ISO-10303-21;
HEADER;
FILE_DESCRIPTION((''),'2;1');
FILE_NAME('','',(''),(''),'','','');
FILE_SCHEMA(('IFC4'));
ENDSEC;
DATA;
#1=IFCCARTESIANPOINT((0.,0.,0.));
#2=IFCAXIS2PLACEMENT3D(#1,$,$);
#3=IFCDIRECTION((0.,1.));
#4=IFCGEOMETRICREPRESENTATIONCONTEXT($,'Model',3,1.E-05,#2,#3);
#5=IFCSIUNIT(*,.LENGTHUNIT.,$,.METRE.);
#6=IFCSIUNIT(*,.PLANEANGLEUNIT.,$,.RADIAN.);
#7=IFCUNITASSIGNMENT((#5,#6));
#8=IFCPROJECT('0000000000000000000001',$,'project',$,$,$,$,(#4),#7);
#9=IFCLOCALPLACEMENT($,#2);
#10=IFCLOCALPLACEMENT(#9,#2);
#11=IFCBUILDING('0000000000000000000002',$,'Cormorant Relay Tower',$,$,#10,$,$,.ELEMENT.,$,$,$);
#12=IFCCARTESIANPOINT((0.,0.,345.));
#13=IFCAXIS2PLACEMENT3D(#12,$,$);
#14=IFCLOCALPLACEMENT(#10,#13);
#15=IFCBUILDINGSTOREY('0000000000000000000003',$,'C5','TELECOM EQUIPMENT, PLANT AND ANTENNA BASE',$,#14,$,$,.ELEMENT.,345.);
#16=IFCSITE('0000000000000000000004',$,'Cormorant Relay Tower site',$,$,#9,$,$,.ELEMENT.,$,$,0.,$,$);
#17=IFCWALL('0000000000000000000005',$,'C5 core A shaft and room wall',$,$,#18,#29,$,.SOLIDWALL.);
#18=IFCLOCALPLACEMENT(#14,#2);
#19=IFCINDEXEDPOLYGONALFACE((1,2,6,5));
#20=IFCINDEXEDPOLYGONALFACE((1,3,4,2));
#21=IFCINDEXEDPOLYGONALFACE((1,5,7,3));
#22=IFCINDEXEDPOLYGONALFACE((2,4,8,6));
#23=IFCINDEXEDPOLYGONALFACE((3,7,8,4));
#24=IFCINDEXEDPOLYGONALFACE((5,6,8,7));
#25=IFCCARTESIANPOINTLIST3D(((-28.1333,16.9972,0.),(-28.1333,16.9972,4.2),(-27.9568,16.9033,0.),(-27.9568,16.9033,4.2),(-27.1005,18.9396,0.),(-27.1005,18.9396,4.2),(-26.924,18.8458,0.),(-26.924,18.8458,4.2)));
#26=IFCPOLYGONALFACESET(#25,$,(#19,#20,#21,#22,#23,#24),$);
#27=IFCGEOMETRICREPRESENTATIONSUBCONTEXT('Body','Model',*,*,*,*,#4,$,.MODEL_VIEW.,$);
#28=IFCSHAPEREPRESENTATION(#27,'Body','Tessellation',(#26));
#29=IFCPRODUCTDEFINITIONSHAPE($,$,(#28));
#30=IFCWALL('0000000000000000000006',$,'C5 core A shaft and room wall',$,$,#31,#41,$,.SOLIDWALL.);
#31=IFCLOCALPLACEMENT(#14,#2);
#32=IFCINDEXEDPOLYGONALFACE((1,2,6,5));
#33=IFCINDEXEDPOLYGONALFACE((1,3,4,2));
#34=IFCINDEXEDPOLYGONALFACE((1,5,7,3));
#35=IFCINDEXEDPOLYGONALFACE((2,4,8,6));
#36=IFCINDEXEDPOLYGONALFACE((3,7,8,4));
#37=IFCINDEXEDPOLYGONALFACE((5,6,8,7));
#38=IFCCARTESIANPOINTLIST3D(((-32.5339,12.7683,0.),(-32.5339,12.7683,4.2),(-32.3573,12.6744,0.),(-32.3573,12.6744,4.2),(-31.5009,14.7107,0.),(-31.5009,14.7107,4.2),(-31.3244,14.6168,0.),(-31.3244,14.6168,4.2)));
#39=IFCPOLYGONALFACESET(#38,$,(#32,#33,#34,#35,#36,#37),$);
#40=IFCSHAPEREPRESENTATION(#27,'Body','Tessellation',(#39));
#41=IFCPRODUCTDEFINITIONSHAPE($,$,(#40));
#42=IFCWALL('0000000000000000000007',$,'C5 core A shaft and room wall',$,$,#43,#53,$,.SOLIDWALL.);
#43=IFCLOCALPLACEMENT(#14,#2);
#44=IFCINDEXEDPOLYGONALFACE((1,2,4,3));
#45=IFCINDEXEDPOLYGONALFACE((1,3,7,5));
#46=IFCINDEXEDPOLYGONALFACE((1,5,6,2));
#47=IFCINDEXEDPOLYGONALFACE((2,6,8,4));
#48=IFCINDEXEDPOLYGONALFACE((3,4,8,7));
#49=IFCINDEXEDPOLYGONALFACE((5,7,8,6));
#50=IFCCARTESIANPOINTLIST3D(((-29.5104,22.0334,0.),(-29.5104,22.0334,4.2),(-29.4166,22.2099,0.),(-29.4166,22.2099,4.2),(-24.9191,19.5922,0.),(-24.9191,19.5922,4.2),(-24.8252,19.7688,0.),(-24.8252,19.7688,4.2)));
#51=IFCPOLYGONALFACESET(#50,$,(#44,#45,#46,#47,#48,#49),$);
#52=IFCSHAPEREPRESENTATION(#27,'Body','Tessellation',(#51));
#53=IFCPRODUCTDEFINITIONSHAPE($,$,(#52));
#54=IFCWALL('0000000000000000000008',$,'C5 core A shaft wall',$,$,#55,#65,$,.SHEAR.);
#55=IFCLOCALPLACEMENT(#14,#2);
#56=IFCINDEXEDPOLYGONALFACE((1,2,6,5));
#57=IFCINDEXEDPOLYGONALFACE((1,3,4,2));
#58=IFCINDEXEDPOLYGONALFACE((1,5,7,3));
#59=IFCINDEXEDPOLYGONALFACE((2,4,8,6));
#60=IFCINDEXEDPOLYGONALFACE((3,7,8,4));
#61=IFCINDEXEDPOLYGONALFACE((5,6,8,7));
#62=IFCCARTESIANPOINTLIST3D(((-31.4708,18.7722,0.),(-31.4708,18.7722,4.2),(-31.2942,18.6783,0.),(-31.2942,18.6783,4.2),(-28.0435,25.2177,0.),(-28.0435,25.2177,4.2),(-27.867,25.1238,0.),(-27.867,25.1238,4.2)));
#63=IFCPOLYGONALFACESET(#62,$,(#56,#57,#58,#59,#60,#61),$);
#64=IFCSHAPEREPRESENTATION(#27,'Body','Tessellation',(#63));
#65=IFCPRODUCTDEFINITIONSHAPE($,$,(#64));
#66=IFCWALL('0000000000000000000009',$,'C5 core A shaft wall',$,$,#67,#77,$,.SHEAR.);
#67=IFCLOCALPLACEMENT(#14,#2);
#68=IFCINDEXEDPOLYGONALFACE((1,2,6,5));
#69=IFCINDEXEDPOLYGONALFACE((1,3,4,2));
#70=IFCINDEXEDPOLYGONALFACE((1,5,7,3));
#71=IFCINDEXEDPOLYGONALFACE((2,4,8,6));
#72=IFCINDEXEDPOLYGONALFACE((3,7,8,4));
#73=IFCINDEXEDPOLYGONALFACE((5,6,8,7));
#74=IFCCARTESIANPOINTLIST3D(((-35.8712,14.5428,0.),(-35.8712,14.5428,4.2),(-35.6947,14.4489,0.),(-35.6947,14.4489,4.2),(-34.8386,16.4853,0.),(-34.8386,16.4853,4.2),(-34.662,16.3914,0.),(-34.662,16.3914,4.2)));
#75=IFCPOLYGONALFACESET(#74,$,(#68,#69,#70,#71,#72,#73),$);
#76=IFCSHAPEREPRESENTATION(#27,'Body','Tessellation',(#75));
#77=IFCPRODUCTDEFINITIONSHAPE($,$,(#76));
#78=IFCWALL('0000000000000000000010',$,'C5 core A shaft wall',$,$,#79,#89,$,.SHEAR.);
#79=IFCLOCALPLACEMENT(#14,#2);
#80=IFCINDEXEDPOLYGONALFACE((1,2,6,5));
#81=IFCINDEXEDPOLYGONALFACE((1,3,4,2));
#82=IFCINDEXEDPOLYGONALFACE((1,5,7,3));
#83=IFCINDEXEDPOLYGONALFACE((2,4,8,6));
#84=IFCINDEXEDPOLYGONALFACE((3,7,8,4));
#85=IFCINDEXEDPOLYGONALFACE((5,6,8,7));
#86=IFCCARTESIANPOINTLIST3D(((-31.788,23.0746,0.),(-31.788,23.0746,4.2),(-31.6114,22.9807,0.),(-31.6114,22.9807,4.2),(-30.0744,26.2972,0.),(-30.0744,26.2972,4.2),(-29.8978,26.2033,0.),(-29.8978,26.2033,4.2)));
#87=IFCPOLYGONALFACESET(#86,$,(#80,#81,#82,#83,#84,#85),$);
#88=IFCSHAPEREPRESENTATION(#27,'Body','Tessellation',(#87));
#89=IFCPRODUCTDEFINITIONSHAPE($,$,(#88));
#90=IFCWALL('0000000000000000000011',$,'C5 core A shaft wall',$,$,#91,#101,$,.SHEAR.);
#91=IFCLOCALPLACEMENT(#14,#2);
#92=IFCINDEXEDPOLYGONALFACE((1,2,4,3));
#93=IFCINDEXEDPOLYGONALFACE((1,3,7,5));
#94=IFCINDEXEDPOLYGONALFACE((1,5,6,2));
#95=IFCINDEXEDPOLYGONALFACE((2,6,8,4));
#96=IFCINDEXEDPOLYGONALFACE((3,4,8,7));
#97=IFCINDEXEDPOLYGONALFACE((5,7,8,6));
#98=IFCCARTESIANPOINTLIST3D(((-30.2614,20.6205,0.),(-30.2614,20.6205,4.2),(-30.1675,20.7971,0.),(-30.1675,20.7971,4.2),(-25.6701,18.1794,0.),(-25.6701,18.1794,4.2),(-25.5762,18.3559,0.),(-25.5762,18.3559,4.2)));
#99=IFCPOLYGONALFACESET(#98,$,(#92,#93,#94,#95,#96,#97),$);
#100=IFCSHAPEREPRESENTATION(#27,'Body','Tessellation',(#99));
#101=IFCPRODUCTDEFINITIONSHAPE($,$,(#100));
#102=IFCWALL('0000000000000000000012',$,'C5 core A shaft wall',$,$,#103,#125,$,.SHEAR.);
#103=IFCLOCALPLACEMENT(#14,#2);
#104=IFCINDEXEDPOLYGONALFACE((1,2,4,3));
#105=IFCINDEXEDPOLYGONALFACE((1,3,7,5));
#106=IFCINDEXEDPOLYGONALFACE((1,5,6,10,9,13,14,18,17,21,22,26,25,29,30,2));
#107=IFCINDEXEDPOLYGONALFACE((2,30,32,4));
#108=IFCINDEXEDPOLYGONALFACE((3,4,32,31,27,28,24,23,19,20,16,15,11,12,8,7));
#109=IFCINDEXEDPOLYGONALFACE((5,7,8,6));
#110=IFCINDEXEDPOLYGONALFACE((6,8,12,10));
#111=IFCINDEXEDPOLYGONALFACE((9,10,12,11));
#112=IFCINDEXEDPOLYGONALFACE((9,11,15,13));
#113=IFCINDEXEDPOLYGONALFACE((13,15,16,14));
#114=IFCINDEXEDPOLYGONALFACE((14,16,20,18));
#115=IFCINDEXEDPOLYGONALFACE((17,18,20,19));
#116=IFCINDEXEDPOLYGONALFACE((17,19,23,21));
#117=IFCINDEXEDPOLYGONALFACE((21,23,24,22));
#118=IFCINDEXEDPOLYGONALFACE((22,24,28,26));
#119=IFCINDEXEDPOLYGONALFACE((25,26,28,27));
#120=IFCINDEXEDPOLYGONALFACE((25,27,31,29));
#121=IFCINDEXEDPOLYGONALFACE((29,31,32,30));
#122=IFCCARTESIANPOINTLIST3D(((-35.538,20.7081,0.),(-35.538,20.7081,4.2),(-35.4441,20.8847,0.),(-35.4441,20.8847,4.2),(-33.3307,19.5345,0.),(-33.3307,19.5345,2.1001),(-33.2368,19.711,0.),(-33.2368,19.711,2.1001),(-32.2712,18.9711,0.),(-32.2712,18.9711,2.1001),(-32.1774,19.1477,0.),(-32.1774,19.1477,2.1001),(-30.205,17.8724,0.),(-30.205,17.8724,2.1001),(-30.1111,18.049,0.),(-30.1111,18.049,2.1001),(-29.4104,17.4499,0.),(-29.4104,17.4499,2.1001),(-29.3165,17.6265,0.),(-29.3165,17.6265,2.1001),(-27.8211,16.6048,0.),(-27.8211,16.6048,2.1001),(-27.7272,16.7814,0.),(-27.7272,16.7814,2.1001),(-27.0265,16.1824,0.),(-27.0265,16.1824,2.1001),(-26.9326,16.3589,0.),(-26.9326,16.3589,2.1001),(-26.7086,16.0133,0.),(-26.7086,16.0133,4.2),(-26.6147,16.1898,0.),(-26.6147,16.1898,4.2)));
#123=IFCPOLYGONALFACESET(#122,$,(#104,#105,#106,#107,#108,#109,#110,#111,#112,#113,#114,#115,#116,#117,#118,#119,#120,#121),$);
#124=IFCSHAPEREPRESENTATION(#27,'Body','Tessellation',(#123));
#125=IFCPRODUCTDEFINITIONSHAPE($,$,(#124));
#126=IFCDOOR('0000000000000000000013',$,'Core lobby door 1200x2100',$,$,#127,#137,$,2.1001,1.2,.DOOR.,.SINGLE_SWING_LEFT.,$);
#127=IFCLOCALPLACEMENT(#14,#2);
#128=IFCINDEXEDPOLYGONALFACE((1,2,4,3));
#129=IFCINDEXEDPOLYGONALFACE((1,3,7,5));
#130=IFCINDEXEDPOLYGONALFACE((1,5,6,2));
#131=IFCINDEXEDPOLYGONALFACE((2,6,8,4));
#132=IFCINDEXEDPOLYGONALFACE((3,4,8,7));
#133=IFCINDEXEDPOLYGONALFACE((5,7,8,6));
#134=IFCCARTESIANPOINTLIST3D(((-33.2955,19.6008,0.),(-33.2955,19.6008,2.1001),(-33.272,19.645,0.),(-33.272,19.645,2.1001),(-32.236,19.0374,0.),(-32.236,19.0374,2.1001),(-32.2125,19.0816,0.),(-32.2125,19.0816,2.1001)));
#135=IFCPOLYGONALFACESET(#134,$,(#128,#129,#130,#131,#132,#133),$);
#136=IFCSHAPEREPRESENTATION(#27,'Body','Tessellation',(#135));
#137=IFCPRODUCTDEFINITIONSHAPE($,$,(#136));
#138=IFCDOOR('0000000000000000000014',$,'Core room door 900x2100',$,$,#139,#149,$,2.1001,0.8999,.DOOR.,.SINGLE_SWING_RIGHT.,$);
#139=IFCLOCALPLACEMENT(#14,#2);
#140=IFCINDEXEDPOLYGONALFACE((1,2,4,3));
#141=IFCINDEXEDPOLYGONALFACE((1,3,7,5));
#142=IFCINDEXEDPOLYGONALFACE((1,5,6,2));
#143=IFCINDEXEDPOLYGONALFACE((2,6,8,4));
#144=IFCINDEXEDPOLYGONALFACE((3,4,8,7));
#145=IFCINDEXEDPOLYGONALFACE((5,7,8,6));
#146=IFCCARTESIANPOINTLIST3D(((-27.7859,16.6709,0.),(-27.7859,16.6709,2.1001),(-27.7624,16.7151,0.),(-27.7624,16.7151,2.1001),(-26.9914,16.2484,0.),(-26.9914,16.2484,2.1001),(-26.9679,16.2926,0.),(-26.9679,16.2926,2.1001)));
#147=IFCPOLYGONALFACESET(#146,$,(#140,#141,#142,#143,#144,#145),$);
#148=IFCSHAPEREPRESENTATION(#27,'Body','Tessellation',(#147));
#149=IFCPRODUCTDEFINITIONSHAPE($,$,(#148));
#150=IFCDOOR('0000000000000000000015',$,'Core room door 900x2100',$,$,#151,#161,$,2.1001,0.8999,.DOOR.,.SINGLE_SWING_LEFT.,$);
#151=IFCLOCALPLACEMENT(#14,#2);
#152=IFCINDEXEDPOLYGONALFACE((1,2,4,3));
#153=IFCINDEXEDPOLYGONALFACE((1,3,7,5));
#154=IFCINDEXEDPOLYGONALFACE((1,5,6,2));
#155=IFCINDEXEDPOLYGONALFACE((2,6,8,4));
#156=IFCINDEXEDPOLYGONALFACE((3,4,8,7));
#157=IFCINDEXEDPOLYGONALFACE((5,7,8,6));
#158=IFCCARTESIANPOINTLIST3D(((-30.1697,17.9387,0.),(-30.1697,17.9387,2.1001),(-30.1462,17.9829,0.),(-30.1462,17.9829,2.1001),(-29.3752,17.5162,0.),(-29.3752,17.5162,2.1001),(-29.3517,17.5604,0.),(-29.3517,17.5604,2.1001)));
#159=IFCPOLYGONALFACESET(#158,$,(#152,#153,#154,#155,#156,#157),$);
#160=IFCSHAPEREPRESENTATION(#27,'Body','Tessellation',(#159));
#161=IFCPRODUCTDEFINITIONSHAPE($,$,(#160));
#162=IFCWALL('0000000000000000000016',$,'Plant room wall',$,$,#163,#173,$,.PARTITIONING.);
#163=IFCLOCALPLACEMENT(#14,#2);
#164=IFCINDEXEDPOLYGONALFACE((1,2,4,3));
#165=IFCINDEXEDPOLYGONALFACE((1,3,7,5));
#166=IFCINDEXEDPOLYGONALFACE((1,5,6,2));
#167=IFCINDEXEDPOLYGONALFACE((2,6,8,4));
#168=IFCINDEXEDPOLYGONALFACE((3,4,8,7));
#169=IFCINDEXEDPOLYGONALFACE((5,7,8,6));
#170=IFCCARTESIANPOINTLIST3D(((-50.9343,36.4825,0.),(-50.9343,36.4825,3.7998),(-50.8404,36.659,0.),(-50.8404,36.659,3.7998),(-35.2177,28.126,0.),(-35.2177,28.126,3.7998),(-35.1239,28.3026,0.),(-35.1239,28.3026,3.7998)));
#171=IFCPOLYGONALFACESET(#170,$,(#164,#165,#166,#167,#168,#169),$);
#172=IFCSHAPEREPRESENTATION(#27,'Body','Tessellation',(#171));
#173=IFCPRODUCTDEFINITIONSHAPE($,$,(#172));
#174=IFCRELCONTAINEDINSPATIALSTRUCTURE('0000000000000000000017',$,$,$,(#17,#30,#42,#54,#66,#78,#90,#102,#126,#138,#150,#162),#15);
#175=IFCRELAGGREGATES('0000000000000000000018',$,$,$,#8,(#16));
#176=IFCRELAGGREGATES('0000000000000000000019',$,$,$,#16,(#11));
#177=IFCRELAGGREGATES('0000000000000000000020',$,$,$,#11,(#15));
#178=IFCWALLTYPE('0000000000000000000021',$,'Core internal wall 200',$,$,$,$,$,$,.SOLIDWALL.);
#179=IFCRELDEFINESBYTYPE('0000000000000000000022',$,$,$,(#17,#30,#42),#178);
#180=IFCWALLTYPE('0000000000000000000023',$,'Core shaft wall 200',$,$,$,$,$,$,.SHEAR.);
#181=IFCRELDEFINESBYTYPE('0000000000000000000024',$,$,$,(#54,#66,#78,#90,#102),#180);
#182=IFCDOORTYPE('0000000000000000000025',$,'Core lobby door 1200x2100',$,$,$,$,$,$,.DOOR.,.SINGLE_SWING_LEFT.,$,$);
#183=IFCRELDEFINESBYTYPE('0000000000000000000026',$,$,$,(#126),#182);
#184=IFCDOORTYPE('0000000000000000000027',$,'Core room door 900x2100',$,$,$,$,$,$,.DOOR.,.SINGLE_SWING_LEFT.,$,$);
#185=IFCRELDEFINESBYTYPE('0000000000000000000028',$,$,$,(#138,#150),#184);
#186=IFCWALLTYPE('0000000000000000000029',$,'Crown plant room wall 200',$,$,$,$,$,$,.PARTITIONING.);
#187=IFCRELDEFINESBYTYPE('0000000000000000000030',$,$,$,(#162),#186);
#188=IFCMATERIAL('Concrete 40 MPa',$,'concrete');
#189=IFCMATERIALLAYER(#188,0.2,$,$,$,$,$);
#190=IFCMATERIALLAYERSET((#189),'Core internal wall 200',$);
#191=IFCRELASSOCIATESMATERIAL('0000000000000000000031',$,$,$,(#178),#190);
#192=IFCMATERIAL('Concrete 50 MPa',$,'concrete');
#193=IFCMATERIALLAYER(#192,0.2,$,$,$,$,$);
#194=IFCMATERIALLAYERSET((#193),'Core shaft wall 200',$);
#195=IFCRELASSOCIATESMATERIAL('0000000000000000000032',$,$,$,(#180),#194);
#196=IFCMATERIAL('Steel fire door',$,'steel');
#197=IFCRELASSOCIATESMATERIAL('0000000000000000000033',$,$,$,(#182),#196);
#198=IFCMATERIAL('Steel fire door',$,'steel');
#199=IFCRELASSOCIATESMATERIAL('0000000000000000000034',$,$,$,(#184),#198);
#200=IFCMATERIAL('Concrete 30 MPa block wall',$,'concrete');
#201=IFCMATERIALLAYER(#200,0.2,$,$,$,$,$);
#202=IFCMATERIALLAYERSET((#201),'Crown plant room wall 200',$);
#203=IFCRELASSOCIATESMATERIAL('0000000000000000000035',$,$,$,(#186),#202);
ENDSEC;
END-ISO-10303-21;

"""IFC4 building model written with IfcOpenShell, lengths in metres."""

from ifc_helpers import new_model, si_unit, direction, frame, frame_2d, origin, place, context, subcontext, project, spatial, rectangle, extrude, material, layer, layer_set, type_object, element, fill, save


model = new_model("IFC4")

# Units and contexts
model_context = context("Model", 3, precision=1e-05, world=origin(), true_north=direction((0.0, 1.0)))
body_context = subcontext(model_context, "Body", "Model", "MODEL_VIEW")
ifc_project = project(units=[si_unit("LENGTHUNIT", "METRE"), si_unit("PLANEANGLEUNIT", "RADIAN")], contexts=[model_context])

# Site, building, storey
site_placement = place(None, origin())
site = spatial("IfcSite", under=ifc_project, at=site_placement, Name="Cormorant Relay Tower site", CompositionType="ELEMENT", RefElevation=0.0)
building_placement = place(site_placement, origin())
building = spatial("IfcBuilding", under=site, at=building_placement, Name="Cormorant Relay Tower", CompositionType="ELEMENT")
storey_placement = place(building_placement, frame((0.0, 0.0, 345.0)))
storey = spatial("IfcBuildingStorey", under=building, at=storey_placement, Name="C5", Description="TELECOM EQUIPMENT, PLANT AND ANTENNA BASE", CompositionType="ELEMENT", Elevation=345.0)

# Walls
ifc_material_1 = material(Name="Concrete 40 MPa", Category="concrete")
ifc_layer_1 = layer(ifc_material_1, 0.2)
ifc_layer_set_1 = layer_set([ifc_layer_1], Name="Core internal wall 200")
wall_type_1 = type_object("IfcWallType", Name="Core internal wall 200", PredefinedType="SOLIDWALL", material=ifc_layer_set_1)
for number, where, z_axis, x_axis, name in (
    (1, (-27.0122, 18.8928, 0.0), (0.0, 0.0, 1.0), (-0.469447, -0.88296, 0.0), "C5 core A shaft and room wall"),
    (2, (-31.4126, 14.6638, 0.0), (0.0, 0.0, 1.0), (-0.469534, -0.882914, 0.0), "C5 core A shaft and room wall"),
):
    element("IfcWall", number, at=place(storey_placement, frame(where, z_axis=z_axis, x_axis=x_axis)), inside=storey, type_object=wall_type_1, Name=name, PredefinedType="SOLIDWALL", context=body_context, shape_type="SweptSolid", body=[
        extrude(rectangle(XDim=2.2, YDim=0.2, at=frame_2d((1.1001, 0.0))), origin(), (0.0, 0.0, 1.0), 4.2),
    ])
wall_1_placement = place(storey_placement, frame((-24.8721, 19.6804, 0.0), z_axis=(0.0, 0.0, 1.0), x_axis=(-0.882954, 0.46946, 0.0)))
element("IfcWall", 3, at=wall_1_placement, inside=storey, type_object=wall_type_1, Name="C5 core A shaft and room wall", PredefinedType="SOLIDWALL", context=body_context, shape_type="SweptSolid", body=[
    extrude(rectangle(XDim=5.2, YDim=0.2, at=frame_2d((2.6001, 0.0))), origin(), (0.0, 0.0, 1.0), 4.2),
])
ifc_material_2 = material(Name="Concrete 50 MPa", Category="concrete")
ifc_layer_2 = layer(ifc_material_2, 0.2)
ifc_layer_set_2 = layer_set([ifc_layer_2], Name="Core shaft wall 200")
wall_type_2 = type_object("IfcWallType", Name="Core shaft wall 200", PredefinedType="SHEAR", material=ifc_layer_set_2)
wall_2_placement = place(storey_placement, frame((-27.9553, 25.1707, 0.0), z_axis=(0.0, 0.0, 1.0), x_axis=(-0.46948, -0.882943, 0.0)))
element("IfcWall", 4, at=wall_2_placement, inside=storey, type_object=wall_type_2, Name="C5 core A shaft wall", PredefinedType="SHEAR", context=body_context, shape_type="SweptSolid", body=[
    extrude(rectangle(XDim=7.3, YDim=0.2, at=frame_2d((3.6499, 0.0))), origin(), (0.0, 0.0, 1.0), 4.2),
])
wall_3_placement = place(storey_placement, frame((-34.7502, 16.4385, 0.0), z_axis=(0.0, 0.0, 1.0), x_axis=(-0.469401, -0.882985, 0.0)))
element("IfcWall", 5, at=wall_3_placement, inside=storey, type_object=wall_type_2, Name="C5 core A shaft wall", PredefinedType="SHEAR", context=body_context, shape_type="SweptSolid", body=[
    extrude(rectangle(XDim=2.2, YDim=0.2, at=frame_2d((1.1001, 0.0))), origin(), (0.0, 0.0, 1.0), 4.2),
])
wall_4_placement = place(storey_placement, frame((-29.9861, 26.2502, 0.0), z_axis=(0.0, 0.0, 1.0), x_axis=(-0.469494, -0.882936, 0.0)))
element("IfcWall", 6, at=wall_4_placement, inside=storey, type_object=wall_type_2, Name="C5 core A shaft wall", PredefinedType="SHEAR", context=body_context, shape_type="SweptSolid", body=[
    extrude(rectangle(XDim=3.6499, YDim=0.2, at=frame_2d((1.825, 0.0))), origin(), (0.0, 0.0, 1.0), 4.2),
])

# Wall
wall_5_placement = place(storey_placement, frame((-25.623, 18.2676, 0.0), z_axis=(0.0, 0.0, 1.0), x_axis=(-0.882954, 0.46946, 0.0)))
element("IfcWall", 7, at=wall_5_placement, inside=storey, type_object=wall_type_2, Name="C5 core A shaft wall", PredefinedType="SHEAR", context=body_context, shape_type="SweptSolid", body=[
    extrude(rectangle(XDim=5.2, YDim=0.2, at=frame_2d((2.6001, 0.0))), origin(), (0.0, 0.0, 1.0), 4.2),
])

# Wall, openings, doors
wall_6_placement = place(storey_placement, frame((-26.6616, 16.1016, 0.0), z_axis=(0.0, 0.0, 1.0), x_axis=(-0.88294, 0.469485, 0.0)))
wall_6 = element("IfcWall", 8, at=wall_6_placement, inside=storey, type_object=wall_type_2, Name="C5 core A shaft wall", PredefinedType="SHEAR", context=body_context, shape_type="SweptSolid", body=[
    extrude(rectangle(XDim=10.0, YDim=0.2, at=frame_2d((5.0, 0.0))), origin(), (0.0, 0.0, 1.0), 4.2),
])
opening_1_placement = place(wall_6_placement, frame((6.3, 0.0, 0.0)))
opening_1 = element("IfcOpeningElement", 9, at=opening_1_placement, cuts=wall_6, PredefinedType="OPENING", context=body_context, shape_type="SweptSolid", body=[
    extrude(rectangle(XDim=1.2, YDim=2.1001, at=frame_2d((0.6001, 1.05))), frame((0.0, 0.1099, 0.0), z_axis=(0.0, -1.0, 0.0), x_axis=(1.0, 0.0, 0.0)), (0.0, 0.0, 1.0), 0.22),
])
opening_2_placement = place(wall_6_placement, frame((0.3601, 0.0, 0.0)))
opening_2 = element("IfcOpeningElement", 10, at=opening_2_placement, cuts=wall_6, PredefinedType="OPENING", context=body_context, shape_type="SweptSolid", body=[
    extrude(rectangle(XDim=0.8999, YDim=2.1001, at=frame_2d((0.45, 1.05))), frame((0.0, 0.1099, 0.0), z_axis=(0.0, -1.0, 0.0), x_axis=(1.0, 0.0, 0.0)), (0.0, 0.0, 1.0), 0.22),
])
opening_3_placement = place(wall_6_placement, frame((3.0601, 0.0, 0.0)))
opening_3 = element("IfcOpeningElement", 11, at=opening_3_placement, cuts=wall_6, PredefinedType="OPENING", context=body_context, shape_type="SweptSolid", body=[
    extrude(rectangle(XDim=0.8999, YDim=2.1001, at=frame_2d((0.45, 1.05))), frame((0.0, 0.1099, 0.0), z_axis=(0.0, -1.0, 0.0), x_axis=(1.0, 0.0, 0.0)), (0.0, 0.0, 1.0), 0.22),
])
ifc_material_3 = material(Name="Steel fire door", Category="steel")
door_type_1 = type_object("IfcDoorType", Name="Core lobby door 1200x2100", OperationType="SINGLE_SWING_LEFT", PredefinedType="DOOR", material=ifc_material_3)
door_1_placement = place(opening_1_placement, origin())
door_1 = element("IfcDoor", 12, at=door_1_placement, inside=storey, type_object=door_type_1, Name="Core lobby door 1200x2100", OperationType="SINGLE_SWING_LEFT", OverallHeight=2.1001, OverallWidth=1.2, PredefinedType="DOOR", context=body_context, shape_type="SweptSolid", body=[
    extrude(rectangle(XDim=1.2, YDim=2.1001, at=frame_2d((0.6001, 1.05))), frame((0.0, 0.0249, 0.0), z_axis=(0.0, -1.0, 0.0), x_axis=(1.0, 0.0, 0.0)), (0.0, 0.0, 1.0), 0.05),
])
fill(opening_1, door_1)
ifc_material_4 = material(Name="Steel fire door", Category="steel")
door_type_2 = type_object("IfcDoorType", Name="Core room door 900x2100", OperationType="SINGLE_SWING_LEFT", PredefinedType="DOOR", material=ifc_material_4)
door_2_placement = place(opening_2_placement, frame((0.8999, 0.0, 0.0), z_axis=(0.0, 0.0, 1.0), x_axis=(-1.0, 0.0, 0.0)))
door_2 = element("IfcDoor", 13, at=door_2_placement, inside=storey, type_object=door_type_2, Name="Core room door 900x2100", OperationType="SINGLE_SWING_RIGHT", OverallHeight=2.1001, OverallWidth=0.8999, PredefinedType="DOOR", context=body_context, shape_type="SweptSolid", body=[
    extrude(rectangle(XDim=0.8999, YDim=2.1001, at=frame_2d((0.45, 1.05))), frame((0.0, 0.0249, 0.0), z_axis=(0.0, -1.0, 0.0), x_axis=(1.0, 0.0, 0.0)), (0.0, 0.0, 1.0), 0.05),
])
fill(opening_2, door_2)
door_3_placement = place(opening_3_placement, origin())
door_3 = element("IfcDoor", 14, at=door_3_placement, inside=storey, type_object=door_type_2, Name="Core room door 900x2100", OperationType="SINGLE_SWING_LEFT", OverallHeight=2.1001, OverallWidth=0.8999, PredefinedType="DOOR", context=body_context, shape_type="SweptSolid", body=[
    extrude(rectangle(XDim=0.8999, YDim=2.1001, at=frame_2d((0.45, 1.05))), frame((0.0, 0.0249, 0.0), z_axis=(0.0, -1.0, 0.0), x_axis=(1.0, 0.0, 0.0)), (0.0, 0.0, 1.0), 0.05),
])
fill(opening_3, door_3)

# Wall
ifc_material_5 = material(Name="Concrete 30 MPa block wall", Category="concrete")
ifc_layer_3 = layer(ifc_material_5, 0.2)
ifc_layer_set_3 = layer_set([ifc_layer_3], Name="Crown plant room wall 200")
wall_type_3 = type_object("IfcWallType", Name="Crown plant room wall 200", PredefinedType="PARTITIONING", material=ifc_layer_set_3)
wall_7_placement = place(storey_placement, frame((-35.1709, 28.2144, 0.0), z_axis=(0.0, 0.0, 1.0), x_axis=(-0.882952, 0.469463, 0.0)))
element("IfcWall", 15, at=wall_7_placement, inside=storey, type_object=wall_type_3, Name="Plant room wall", PredefinedType="PARTITIONING", context=body_context, shape_type="SweptSolid", body=[
    extrude(rectangle(XDim=17.8, YDim=0.2, at=frame_2d((8.8999, 0.0))), origin(), (0.0, 0.0, 1.0), 3.7998),
])

save(model, "model.ifc")
